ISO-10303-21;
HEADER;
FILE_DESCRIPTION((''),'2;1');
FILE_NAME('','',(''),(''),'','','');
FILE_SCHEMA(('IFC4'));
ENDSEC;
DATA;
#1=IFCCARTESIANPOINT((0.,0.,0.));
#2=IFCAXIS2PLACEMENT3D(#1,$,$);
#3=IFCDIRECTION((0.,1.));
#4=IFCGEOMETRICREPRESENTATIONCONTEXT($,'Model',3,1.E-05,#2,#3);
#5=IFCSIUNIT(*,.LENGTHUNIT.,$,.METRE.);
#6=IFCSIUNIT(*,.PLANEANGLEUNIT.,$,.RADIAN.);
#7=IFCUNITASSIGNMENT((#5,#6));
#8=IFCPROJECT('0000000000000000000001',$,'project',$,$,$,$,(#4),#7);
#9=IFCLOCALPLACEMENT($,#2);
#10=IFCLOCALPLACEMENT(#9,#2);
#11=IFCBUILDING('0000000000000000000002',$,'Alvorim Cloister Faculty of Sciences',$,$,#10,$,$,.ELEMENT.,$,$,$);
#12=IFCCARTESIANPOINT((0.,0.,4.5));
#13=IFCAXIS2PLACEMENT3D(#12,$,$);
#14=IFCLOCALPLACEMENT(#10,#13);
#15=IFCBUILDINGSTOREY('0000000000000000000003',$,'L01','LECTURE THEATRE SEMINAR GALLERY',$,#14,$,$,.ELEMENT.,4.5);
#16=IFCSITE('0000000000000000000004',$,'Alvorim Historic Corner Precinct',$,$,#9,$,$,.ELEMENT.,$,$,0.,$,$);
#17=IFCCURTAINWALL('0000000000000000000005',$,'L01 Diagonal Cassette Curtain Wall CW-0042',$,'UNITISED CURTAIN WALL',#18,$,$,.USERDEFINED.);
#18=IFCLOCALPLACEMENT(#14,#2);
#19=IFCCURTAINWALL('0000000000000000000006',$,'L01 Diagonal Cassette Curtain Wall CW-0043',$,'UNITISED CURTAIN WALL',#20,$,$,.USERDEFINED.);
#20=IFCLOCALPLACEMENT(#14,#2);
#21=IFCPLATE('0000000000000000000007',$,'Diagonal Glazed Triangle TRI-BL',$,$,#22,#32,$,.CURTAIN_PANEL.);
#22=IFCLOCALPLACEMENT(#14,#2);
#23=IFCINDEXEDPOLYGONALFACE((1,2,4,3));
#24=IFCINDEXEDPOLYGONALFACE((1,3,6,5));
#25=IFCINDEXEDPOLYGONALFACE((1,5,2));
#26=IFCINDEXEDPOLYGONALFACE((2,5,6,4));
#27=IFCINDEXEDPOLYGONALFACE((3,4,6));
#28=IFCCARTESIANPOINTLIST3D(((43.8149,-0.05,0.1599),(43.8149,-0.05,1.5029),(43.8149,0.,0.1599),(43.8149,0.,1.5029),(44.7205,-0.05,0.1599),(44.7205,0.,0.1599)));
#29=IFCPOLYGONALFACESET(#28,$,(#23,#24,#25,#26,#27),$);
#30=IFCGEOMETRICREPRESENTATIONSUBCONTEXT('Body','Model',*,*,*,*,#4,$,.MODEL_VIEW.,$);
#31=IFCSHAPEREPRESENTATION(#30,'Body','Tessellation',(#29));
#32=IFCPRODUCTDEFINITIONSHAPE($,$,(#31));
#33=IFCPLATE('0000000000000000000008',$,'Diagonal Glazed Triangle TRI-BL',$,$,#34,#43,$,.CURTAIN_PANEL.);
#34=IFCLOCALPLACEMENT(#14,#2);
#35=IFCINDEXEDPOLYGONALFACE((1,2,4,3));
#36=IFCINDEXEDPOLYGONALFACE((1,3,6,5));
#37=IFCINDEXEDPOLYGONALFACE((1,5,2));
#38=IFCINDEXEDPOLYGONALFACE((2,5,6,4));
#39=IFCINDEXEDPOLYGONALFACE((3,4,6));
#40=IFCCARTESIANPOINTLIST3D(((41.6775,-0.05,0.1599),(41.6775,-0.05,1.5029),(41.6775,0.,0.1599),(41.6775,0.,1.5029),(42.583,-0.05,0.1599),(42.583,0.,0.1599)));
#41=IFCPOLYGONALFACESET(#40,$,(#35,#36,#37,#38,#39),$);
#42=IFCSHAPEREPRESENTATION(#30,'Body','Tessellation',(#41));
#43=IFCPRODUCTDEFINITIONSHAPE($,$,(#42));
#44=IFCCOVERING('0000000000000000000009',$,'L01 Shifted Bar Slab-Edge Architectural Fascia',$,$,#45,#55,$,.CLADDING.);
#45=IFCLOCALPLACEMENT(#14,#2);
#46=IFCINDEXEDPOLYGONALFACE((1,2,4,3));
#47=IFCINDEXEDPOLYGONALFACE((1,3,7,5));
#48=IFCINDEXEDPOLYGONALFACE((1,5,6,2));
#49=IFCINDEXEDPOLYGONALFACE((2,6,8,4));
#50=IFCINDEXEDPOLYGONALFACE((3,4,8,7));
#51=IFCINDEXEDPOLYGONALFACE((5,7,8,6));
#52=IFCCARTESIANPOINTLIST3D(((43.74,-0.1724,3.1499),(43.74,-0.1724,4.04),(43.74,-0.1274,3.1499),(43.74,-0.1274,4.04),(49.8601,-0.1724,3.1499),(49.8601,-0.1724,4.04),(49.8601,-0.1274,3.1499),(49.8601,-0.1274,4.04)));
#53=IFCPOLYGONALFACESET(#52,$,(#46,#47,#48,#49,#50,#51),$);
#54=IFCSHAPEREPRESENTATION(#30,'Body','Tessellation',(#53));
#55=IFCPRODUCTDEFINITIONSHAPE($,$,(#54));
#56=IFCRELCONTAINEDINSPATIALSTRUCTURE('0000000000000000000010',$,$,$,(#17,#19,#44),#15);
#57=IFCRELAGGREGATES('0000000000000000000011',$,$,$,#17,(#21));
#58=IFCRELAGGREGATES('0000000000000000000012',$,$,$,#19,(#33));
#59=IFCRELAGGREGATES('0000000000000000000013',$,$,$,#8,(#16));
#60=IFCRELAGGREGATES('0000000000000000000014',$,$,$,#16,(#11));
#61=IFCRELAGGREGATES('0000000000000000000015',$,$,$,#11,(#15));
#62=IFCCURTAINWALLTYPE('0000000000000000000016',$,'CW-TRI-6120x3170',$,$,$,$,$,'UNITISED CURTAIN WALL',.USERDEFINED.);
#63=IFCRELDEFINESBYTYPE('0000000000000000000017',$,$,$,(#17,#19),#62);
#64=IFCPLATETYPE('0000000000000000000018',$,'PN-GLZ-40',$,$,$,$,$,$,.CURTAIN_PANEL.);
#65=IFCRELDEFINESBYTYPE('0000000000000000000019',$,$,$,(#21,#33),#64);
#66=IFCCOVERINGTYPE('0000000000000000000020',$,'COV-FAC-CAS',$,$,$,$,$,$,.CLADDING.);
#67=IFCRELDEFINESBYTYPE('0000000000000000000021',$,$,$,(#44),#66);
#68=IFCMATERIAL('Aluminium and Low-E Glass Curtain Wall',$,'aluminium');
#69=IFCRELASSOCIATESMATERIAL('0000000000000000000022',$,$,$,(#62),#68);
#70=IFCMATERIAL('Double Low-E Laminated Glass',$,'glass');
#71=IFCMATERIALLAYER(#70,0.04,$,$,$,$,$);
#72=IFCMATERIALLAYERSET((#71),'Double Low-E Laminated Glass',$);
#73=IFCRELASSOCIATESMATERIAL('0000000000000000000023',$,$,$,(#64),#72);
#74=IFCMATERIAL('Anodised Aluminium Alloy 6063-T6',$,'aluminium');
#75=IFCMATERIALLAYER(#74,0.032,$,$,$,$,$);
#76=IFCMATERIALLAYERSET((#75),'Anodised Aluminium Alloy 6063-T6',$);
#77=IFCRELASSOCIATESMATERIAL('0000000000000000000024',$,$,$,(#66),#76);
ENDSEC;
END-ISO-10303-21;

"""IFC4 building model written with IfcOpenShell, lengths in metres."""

from ifc_helpers import new_model, si_unit, direction, frame, origin, place, context, subcontext, project, spatial, polyline, outline, extrude, material, layer, layer_set, type_object, element, aggregate, save


model = new_model("IFC4")

# Units and contexts
model_context = context("Model", 3, precision=1e-05, world=origin(), true_north=direction((0.0, 1.0)))
body_context = subcontext(model_context, "Body", "Model", "MODEL_VIEW")
ifc_project = project(units=[si_unit("LENGTHUNIT", "METRE"), si_unit("PLANEANGLEUNIT", "RADIAN")], contexts=[model_context])

# Site, building, storey
site_placement = place(None, origin())
site = spatial("IfcSite", under=ifc_project, at=site_placement, Name="Alvorim Historic Corner Precinct", CompositionType="ELEMENT", RefElevation=0.0)
building_placement = place(site_placement, origin())
building = spatial("IfcBuilding", under=site, at=building_placement, Name="Alvorim Cloister Faculty of Sciences", CompositionType="ELEMENT")
storey_placement = place(building_placement, frame((0.0, 0.0, 4.5)))
storey = spatial("IfcBuildingStorey", under=building, at=storey_placement, Name="L01", Description="LECTURE THEATRE SEMINAR GALLERY", CompositionType="ELEMENT", Elevation=4.5)

# Curtain wall
ifc_material_1 = material(Name="Aluminium and Low-E Glass Curtain Wall", Category="aluminium")
curtain_wall_type = type_object("IfcCurtainWallType", Name="CW-TRI-6120x3170", ElementType="UNITISED CURTAIN WALL", PredefinedType="USERDEFINED", material=ifc_material_1)
curtain_wall_1_placement = place(storey_placement, origin())
curtain_wall_1 = element("IfcCurtainWall", 1, at=curtain_wall_1_placement, inside=storey, type_object=curtain_wall_type, Name="L01 Diagonal Cassette Curtain Wall CW-0042", ObjectType="UNITISED CURTAIN WALL", PredefinedType="USERDEFINED")

# Curtain wall
curtain_wall_2_placement = place(storey_placement, origin())
curtain_wall_2 = element("IfcCurtainWall", 2, at=curtain_wall_2_placement, inside=storey, type_object=curtain_wall_type, Name="L01 Diagonal Cassette Curtain Wall CW-0043", ObjectType="UNITISED CURTAIN WALL", PredefinedType="USERDEFINED")

# Plates
ifc_material_2 = material(Name="Double Low-E Laminated Glass", Category="glass")
ifc_layer_1 = layer(ifc_material_2, 0.04)
ifc_layer_set_1 = layer_set([ifc_layer_1], Name="Double Low-E Laminated Glass")
plate_type = type_object("IfcPlateType", Name="PN-GLZ-40", PredefinedType="CURTAIN_PANEL", material=ifc_layer_set_1)
plate_1_placement = place(storey_placement, frame((43.8149, -0.0249, 0.1599), z_axis=(0.0, 0.0, 1.0), x_axis=(1.0, 0.0, 0.0)))
plate_1 = element("IfcPlate", 3, at=plate_1_placement, type_object=plate_type, Name="Diagonal Glazed Triangle TRI-BL", PredefinedType="CURTAIN_PANEL", context=body_context, shape_type="SweptSolid", body=[
    extrude(outline(polyline([(0.0, 0.0), (0.9055, 0.0), (0.0, 1.343), (0.0, 0.0)])), frame((0.0, 0.0249, 0.0), z_axis=(0.0, -1.0, 0.0), x_axis=(1.0, 0.0, 0.0)), (0.0, 0.0, 1.0), 0.05),
])
aggregate(curtain_wall_1, [plate_1])
plate_2_placement = place(storey_placement, frame((41.6775, -0.0249, 0.1599), z_axis=(0.0, 0.0, 1.0), x_axis=(1.0, 0.0, 0.0)))
plate_2 = element("IfcPlate", 4, at=plate_2_placement, type_object=plate_type, Name="Diagonal Glazed Triangle TRI-BL", PredefinedType="CURTAIN_PANEL", context=body_context, shape_type="SweptSolid", body=[
    extrude(outline(polyline([(0.0, 0.0), (0.9055, 0.0), (0.0, 1.343), (0.0, 0.0)])), frame((0.0, 0.0249, 0.0), z_axis=(0.0, -1.0, 0.0), x_axis=(1.0, 0.0, 0.0)), (0.0, 0.0, 1.0), 0.05),
])
aggregate(curtain_wall_2, [plate_2])

# Covering
ifc_material_3 = material(Name="Anodised Aluminium Alloy 6063-T6", Category="aluminium")
ifc_layer_2 = layer(ifc_material_3, 0.032)
ifc_layer_set_2 = layer_set([ifc_layer_2], Name="Anodised Aluminium Alloy 6063-T6")
covering_type = type_object("IfcCoveringType", Name="COV-FAC-CAS", PredefinedType="CLADDING", material=ifc_layer_set_2)
covering_placement = place(storey_placement, frame((43.74, -0.1499, 3.1499), z_axis=(0.0, 0.0, 1.0), x_axis=(1.0, 0.0, 0.0)))
element("IfcCovering", 5, at=covering_placement, inside=storey, type_object=covering_type, Name="L01 Shifted Bar Slab-Edge Architectural Fascia", PredefinedType="CLADDING", context=body_context, shape_type="SweptSolid", body=[
    extrude(outline(polyline([(0.0, 0.0), (6.1201, 0.0), (6.1201, 0.8901), (0.0, 0.8901), (0.0, 0.0)])), frame((0.0, 0.0225, 0.0), z_axis=(0.0, -1.0, 0.0), x_axis=(1.0, 0.0, 0.0)), (0.0, 0.0, 1.0), 0.0449),
])

save(model, "model.ifc")
